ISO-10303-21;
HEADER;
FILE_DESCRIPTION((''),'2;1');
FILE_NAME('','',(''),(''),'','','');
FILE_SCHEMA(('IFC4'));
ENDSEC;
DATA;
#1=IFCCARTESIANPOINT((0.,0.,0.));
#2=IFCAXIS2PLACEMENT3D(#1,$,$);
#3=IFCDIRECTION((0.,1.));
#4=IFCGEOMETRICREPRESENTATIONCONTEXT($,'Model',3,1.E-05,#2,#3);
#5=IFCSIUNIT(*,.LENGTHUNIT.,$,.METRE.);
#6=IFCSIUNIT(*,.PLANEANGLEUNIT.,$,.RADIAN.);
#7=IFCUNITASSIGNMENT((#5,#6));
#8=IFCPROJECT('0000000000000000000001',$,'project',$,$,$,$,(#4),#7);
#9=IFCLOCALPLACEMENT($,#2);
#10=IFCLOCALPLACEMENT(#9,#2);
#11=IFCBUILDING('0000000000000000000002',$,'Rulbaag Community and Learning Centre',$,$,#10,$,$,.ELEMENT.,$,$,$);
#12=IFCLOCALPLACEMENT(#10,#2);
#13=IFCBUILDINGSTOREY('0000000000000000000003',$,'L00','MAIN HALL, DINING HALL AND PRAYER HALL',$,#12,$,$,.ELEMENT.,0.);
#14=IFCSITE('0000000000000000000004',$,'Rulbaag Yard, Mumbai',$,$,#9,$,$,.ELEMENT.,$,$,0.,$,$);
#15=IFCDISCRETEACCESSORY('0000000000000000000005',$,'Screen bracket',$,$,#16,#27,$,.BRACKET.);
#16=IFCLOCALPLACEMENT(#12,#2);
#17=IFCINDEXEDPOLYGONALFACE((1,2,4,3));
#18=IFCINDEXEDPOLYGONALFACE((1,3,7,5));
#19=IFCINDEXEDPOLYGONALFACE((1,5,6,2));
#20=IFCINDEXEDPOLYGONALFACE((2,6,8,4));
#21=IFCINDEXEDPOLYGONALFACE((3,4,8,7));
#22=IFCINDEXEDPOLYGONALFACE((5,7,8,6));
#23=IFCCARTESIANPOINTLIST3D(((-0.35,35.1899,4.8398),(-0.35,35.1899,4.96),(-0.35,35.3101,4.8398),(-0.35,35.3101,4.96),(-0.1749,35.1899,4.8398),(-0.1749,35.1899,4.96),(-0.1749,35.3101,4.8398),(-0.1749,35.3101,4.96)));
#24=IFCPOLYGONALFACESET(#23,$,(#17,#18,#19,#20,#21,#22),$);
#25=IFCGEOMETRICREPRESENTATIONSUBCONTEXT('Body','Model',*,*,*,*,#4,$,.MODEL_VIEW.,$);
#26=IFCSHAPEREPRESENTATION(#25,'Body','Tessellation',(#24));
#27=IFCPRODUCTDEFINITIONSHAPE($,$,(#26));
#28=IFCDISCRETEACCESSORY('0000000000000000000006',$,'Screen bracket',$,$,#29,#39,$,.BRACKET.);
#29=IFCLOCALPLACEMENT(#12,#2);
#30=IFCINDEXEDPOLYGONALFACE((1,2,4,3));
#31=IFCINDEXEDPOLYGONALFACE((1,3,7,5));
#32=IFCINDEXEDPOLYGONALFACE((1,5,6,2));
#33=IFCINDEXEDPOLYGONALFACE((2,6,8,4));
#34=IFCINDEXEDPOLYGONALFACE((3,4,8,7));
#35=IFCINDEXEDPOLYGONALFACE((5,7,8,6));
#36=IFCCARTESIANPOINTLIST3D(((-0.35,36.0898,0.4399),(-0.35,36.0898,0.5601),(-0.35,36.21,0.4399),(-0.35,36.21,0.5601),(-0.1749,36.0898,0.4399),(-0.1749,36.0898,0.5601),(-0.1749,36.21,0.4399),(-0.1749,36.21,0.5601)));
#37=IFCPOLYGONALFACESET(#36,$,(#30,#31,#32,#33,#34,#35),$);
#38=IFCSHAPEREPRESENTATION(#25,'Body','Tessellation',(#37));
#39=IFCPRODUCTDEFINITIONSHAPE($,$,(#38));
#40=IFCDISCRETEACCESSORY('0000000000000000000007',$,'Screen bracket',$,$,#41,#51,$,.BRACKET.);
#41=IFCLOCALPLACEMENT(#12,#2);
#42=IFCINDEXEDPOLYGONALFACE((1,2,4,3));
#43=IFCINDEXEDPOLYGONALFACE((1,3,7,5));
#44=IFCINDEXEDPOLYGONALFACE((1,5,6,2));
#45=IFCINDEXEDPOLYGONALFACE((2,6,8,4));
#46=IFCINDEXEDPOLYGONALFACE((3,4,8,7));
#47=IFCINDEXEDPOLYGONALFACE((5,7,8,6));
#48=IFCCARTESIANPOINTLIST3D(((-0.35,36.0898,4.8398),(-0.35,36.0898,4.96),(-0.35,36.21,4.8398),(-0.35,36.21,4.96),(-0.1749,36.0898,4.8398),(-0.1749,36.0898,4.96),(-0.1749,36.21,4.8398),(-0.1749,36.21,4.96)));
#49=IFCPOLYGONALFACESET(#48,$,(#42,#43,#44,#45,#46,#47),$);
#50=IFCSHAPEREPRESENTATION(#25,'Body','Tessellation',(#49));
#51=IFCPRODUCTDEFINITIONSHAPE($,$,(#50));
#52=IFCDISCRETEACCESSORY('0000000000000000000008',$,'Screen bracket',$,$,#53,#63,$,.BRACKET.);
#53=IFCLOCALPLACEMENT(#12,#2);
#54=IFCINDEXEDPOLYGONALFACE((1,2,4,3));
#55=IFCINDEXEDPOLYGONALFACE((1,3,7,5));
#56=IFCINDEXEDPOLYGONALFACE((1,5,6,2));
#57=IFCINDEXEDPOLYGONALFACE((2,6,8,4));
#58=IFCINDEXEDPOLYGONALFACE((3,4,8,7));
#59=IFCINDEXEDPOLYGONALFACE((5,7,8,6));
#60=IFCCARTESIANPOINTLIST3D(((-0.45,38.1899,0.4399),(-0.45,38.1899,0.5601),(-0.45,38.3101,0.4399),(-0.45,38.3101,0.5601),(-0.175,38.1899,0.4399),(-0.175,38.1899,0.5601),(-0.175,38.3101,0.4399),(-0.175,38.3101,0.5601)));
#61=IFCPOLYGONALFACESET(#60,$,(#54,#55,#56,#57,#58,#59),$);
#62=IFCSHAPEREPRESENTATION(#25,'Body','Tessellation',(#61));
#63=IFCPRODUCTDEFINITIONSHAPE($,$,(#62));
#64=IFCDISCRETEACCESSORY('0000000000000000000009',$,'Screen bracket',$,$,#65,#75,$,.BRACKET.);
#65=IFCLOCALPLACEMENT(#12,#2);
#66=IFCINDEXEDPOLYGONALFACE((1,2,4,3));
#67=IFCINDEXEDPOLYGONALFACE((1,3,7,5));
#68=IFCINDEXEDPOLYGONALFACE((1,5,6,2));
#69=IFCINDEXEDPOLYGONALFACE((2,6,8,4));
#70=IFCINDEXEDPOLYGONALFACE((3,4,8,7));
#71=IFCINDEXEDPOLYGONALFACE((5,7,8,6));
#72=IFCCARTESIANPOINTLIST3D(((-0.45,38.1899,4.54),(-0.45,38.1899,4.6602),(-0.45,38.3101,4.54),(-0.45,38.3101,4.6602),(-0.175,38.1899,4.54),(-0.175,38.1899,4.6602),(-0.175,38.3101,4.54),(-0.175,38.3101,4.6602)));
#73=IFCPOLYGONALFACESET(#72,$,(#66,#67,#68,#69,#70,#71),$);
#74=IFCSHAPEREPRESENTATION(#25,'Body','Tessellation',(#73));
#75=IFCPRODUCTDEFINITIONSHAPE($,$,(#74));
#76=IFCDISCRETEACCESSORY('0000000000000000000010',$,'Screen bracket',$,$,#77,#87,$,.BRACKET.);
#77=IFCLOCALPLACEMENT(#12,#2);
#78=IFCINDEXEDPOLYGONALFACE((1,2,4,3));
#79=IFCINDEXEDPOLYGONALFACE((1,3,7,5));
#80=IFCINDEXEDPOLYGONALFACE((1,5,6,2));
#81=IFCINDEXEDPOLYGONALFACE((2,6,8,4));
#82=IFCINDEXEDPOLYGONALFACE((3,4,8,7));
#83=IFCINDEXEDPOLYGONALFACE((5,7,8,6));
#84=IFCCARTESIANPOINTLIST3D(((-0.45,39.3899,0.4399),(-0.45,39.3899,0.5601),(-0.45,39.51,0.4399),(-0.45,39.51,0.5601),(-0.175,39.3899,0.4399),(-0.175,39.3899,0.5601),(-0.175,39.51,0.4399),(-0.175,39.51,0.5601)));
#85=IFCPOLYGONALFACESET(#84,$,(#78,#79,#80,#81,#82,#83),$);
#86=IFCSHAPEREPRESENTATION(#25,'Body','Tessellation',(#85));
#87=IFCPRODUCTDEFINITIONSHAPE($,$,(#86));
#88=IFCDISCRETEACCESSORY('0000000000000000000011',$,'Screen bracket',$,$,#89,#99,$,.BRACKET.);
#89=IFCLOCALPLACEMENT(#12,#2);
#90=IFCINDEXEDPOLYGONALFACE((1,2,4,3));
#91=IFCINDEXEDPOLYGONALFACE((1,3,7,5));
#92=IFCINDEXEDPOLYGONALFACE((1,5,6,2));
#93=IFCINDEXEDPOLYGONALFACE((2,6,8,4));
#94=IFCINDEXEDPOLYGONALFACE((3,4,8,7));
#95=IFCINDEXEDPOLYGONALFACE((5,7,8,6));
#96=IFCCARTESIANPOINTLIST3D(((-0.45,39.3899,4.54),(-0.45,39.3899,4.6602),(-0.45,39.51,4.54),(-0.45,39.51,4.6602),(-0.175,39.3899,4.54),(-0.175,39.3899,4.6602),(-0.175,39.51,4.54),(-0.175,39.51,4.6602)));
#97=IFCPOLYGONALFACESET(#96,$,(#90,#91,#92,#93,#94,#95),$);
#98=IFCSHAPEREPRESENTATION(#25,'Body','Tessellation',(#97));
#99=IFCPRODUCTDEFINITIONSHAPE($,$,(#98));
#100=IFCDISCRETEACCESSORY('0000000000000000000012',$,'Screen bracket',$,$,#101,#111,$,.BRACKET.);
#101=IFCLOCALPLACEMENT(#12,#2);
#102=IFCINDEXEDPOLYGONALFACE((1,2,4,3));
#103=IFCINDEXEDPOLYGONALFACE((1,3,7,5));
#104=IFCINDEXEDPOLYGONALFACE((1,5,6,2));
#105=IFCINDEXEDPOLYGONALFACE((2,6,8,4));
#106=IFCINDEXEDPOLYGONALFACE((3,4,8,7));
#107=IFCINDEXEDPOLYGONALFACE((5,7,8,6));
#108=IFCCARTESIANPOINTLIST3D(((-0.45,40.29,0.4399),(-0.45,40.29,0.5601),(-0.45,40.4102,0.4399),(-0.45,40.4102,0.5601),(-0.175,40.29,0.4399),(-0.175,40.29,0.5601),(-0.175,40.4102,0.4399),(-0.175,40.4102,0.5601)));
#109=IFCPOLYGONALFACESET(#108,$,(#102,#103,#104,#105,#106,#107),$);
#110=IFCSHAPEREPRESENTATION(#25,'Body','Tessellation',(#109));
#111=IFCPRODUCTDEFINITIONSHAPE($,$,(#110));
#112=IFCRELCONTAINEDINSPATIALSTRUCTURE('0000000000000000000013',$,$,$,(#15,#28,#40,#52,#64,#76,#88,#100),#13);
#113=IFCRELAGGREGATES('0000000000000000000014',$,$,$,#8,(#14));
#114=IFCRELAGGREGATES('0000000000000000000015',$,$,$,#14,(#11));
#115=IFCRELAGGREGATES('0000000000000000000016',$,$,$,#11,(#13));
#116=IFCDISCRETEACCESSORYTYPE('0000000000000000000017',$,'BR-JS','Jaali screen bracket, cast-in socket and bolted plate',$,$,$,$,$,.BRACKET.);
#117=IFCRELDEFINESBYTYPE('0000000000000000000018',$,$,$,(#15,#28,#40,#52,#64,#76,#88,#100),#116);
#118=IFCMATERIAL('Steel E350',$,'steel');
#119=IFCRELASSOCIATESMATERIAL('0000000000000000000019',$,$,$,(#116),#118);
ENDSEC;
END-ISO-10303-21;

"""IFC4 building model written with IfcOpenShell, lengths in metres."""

from ifc_helpers import new_model, si_unit, direction, frame, origin, origin_2d, place, context, subcontext, project, spatial, rectangle, extrude, material, type_object, element, save


model = new_model("IFC4")

# Units and contexts
model_context = context("Model", 3, precision=1e-05, world=origin(), true_north=direction((0.0, 1.0)))
body_context = subcontext(model_context, "Body", "Model", "MODEL_VIEW")
ifc_project = project(units=[si_unit("LENGTHUNIT", "METRE"), si_unit("PLANEANGLEUNIT", "RADIAN")], contexts=[model_context])

# Site, building, storey
site_placement = place(None, origin())
site = spatial("IfcSite", under=ifc_project, at=site_placement, Name="Rulbaag Yard, Mumbai", CompositionType="ELEMENT", RefElevation=0.0)
building_placement = place(site_placement, origin())
building = spatial("IfcBuilding", under=site, at=building_placement, Name="Rulbaag Community and Learning Centre", CompositionType="ELEMENT")
storey_placement = place(building_placement, origin())
storey = spatial("IfcBuildingStorey", under=building, at=storey_placement, Name="L00", Description="MAIN HALL, DINING HALL AND PRAYER HALL", CompositionType="ELEMENT", Elevation=0.0)

# Discrete accessories
ifc_material_1 = material(Name="Steel E350", Category="steel")
discrete_accessory_type = type_object("IfcDiscreteAccessoryType", Name="BR-JS", Description="Jaali screen bracket, cast-in socket and bolted plate", PredefinedType="BRACKET", material=ifc_material_1)
for number, where, z_axis, x_axis, name in (
    (1, (-0.2625, 35.25, 4.8398), (0.0, 0.0, 1.0), (1.0, 0.0, 0.0), "Screen bracket"),
    (2, (-0.2625, 36.1499, 0.4399), (0.0, 0.0, 1.0), (1.0, 0.0, 0.0), "Screen bracket"),
    (3, (-0.2625, 36.1499, 4.8398), (0.0, 0.0, 1.0), (1.0, 0.0, 0.0), "Screen bracket"),
):
    element("IfcDiscreteAccessory", number, at=place(storey_placement, frame(where, z_axis=z_axis, x_axis=x_axis)), inside=storey, type_object=discrete_accessory_type, Name=name, PredefinedType="BRACKET", context=body_context, shape_type="SweptSolid", body=[
        extrude(rectangle(XDim=0.175, YDim=0.1201, at=origin_2d()), origin(), (0.0, 0.0, 1.0), 0.1201),
    ])
for number, where, z_axis, x_axis, name in (
    (4, (-0.3125, 38.25, 0.4399), (0.0, 0.0, 1.0), (1.0, 0.0, 0.0), "Screen bracket"),
    (5, (-0.3125, 38.25, 4.54), (0.0, 0.0, 1.0), (1.0, 0.0, 0.0), "Screen bracket"),
    (6, (-0.3125, 39.45, 0.4399), (0.0, 0.0, 1.0), (1.0, 0.0, 0.0), "Screen bracket"),
    (7, (-0.3125, 39.45, 4.54), (0.0, 0.0, 1.0), (1.0, 0.0, 0.0), "Screen bracket"),
    (8, (-0.3125, 40.3501, 0.4399), (0.0, 0.0, 1.0), (1.0, 0.0, 0.0), "Screen bracket"),
):
    element("IfcDiscreteAccessory", number, at=place(storey_placement, frame(where, z_axis=z_axis, x_axis=x_axis)), inside=storey, type_object=discrete_accessory_type, Name=name, PredefinedType="BRACKET", context=body_context, shape_type="SweptSolid", body=[
        extrude(rectangle(XDim=0.2749, YDim=0.1201, at=origin_2d()), origin(), (0.0, 0.0, 1.0), 0.1201),
    ])

save(model, "model.ifc")
